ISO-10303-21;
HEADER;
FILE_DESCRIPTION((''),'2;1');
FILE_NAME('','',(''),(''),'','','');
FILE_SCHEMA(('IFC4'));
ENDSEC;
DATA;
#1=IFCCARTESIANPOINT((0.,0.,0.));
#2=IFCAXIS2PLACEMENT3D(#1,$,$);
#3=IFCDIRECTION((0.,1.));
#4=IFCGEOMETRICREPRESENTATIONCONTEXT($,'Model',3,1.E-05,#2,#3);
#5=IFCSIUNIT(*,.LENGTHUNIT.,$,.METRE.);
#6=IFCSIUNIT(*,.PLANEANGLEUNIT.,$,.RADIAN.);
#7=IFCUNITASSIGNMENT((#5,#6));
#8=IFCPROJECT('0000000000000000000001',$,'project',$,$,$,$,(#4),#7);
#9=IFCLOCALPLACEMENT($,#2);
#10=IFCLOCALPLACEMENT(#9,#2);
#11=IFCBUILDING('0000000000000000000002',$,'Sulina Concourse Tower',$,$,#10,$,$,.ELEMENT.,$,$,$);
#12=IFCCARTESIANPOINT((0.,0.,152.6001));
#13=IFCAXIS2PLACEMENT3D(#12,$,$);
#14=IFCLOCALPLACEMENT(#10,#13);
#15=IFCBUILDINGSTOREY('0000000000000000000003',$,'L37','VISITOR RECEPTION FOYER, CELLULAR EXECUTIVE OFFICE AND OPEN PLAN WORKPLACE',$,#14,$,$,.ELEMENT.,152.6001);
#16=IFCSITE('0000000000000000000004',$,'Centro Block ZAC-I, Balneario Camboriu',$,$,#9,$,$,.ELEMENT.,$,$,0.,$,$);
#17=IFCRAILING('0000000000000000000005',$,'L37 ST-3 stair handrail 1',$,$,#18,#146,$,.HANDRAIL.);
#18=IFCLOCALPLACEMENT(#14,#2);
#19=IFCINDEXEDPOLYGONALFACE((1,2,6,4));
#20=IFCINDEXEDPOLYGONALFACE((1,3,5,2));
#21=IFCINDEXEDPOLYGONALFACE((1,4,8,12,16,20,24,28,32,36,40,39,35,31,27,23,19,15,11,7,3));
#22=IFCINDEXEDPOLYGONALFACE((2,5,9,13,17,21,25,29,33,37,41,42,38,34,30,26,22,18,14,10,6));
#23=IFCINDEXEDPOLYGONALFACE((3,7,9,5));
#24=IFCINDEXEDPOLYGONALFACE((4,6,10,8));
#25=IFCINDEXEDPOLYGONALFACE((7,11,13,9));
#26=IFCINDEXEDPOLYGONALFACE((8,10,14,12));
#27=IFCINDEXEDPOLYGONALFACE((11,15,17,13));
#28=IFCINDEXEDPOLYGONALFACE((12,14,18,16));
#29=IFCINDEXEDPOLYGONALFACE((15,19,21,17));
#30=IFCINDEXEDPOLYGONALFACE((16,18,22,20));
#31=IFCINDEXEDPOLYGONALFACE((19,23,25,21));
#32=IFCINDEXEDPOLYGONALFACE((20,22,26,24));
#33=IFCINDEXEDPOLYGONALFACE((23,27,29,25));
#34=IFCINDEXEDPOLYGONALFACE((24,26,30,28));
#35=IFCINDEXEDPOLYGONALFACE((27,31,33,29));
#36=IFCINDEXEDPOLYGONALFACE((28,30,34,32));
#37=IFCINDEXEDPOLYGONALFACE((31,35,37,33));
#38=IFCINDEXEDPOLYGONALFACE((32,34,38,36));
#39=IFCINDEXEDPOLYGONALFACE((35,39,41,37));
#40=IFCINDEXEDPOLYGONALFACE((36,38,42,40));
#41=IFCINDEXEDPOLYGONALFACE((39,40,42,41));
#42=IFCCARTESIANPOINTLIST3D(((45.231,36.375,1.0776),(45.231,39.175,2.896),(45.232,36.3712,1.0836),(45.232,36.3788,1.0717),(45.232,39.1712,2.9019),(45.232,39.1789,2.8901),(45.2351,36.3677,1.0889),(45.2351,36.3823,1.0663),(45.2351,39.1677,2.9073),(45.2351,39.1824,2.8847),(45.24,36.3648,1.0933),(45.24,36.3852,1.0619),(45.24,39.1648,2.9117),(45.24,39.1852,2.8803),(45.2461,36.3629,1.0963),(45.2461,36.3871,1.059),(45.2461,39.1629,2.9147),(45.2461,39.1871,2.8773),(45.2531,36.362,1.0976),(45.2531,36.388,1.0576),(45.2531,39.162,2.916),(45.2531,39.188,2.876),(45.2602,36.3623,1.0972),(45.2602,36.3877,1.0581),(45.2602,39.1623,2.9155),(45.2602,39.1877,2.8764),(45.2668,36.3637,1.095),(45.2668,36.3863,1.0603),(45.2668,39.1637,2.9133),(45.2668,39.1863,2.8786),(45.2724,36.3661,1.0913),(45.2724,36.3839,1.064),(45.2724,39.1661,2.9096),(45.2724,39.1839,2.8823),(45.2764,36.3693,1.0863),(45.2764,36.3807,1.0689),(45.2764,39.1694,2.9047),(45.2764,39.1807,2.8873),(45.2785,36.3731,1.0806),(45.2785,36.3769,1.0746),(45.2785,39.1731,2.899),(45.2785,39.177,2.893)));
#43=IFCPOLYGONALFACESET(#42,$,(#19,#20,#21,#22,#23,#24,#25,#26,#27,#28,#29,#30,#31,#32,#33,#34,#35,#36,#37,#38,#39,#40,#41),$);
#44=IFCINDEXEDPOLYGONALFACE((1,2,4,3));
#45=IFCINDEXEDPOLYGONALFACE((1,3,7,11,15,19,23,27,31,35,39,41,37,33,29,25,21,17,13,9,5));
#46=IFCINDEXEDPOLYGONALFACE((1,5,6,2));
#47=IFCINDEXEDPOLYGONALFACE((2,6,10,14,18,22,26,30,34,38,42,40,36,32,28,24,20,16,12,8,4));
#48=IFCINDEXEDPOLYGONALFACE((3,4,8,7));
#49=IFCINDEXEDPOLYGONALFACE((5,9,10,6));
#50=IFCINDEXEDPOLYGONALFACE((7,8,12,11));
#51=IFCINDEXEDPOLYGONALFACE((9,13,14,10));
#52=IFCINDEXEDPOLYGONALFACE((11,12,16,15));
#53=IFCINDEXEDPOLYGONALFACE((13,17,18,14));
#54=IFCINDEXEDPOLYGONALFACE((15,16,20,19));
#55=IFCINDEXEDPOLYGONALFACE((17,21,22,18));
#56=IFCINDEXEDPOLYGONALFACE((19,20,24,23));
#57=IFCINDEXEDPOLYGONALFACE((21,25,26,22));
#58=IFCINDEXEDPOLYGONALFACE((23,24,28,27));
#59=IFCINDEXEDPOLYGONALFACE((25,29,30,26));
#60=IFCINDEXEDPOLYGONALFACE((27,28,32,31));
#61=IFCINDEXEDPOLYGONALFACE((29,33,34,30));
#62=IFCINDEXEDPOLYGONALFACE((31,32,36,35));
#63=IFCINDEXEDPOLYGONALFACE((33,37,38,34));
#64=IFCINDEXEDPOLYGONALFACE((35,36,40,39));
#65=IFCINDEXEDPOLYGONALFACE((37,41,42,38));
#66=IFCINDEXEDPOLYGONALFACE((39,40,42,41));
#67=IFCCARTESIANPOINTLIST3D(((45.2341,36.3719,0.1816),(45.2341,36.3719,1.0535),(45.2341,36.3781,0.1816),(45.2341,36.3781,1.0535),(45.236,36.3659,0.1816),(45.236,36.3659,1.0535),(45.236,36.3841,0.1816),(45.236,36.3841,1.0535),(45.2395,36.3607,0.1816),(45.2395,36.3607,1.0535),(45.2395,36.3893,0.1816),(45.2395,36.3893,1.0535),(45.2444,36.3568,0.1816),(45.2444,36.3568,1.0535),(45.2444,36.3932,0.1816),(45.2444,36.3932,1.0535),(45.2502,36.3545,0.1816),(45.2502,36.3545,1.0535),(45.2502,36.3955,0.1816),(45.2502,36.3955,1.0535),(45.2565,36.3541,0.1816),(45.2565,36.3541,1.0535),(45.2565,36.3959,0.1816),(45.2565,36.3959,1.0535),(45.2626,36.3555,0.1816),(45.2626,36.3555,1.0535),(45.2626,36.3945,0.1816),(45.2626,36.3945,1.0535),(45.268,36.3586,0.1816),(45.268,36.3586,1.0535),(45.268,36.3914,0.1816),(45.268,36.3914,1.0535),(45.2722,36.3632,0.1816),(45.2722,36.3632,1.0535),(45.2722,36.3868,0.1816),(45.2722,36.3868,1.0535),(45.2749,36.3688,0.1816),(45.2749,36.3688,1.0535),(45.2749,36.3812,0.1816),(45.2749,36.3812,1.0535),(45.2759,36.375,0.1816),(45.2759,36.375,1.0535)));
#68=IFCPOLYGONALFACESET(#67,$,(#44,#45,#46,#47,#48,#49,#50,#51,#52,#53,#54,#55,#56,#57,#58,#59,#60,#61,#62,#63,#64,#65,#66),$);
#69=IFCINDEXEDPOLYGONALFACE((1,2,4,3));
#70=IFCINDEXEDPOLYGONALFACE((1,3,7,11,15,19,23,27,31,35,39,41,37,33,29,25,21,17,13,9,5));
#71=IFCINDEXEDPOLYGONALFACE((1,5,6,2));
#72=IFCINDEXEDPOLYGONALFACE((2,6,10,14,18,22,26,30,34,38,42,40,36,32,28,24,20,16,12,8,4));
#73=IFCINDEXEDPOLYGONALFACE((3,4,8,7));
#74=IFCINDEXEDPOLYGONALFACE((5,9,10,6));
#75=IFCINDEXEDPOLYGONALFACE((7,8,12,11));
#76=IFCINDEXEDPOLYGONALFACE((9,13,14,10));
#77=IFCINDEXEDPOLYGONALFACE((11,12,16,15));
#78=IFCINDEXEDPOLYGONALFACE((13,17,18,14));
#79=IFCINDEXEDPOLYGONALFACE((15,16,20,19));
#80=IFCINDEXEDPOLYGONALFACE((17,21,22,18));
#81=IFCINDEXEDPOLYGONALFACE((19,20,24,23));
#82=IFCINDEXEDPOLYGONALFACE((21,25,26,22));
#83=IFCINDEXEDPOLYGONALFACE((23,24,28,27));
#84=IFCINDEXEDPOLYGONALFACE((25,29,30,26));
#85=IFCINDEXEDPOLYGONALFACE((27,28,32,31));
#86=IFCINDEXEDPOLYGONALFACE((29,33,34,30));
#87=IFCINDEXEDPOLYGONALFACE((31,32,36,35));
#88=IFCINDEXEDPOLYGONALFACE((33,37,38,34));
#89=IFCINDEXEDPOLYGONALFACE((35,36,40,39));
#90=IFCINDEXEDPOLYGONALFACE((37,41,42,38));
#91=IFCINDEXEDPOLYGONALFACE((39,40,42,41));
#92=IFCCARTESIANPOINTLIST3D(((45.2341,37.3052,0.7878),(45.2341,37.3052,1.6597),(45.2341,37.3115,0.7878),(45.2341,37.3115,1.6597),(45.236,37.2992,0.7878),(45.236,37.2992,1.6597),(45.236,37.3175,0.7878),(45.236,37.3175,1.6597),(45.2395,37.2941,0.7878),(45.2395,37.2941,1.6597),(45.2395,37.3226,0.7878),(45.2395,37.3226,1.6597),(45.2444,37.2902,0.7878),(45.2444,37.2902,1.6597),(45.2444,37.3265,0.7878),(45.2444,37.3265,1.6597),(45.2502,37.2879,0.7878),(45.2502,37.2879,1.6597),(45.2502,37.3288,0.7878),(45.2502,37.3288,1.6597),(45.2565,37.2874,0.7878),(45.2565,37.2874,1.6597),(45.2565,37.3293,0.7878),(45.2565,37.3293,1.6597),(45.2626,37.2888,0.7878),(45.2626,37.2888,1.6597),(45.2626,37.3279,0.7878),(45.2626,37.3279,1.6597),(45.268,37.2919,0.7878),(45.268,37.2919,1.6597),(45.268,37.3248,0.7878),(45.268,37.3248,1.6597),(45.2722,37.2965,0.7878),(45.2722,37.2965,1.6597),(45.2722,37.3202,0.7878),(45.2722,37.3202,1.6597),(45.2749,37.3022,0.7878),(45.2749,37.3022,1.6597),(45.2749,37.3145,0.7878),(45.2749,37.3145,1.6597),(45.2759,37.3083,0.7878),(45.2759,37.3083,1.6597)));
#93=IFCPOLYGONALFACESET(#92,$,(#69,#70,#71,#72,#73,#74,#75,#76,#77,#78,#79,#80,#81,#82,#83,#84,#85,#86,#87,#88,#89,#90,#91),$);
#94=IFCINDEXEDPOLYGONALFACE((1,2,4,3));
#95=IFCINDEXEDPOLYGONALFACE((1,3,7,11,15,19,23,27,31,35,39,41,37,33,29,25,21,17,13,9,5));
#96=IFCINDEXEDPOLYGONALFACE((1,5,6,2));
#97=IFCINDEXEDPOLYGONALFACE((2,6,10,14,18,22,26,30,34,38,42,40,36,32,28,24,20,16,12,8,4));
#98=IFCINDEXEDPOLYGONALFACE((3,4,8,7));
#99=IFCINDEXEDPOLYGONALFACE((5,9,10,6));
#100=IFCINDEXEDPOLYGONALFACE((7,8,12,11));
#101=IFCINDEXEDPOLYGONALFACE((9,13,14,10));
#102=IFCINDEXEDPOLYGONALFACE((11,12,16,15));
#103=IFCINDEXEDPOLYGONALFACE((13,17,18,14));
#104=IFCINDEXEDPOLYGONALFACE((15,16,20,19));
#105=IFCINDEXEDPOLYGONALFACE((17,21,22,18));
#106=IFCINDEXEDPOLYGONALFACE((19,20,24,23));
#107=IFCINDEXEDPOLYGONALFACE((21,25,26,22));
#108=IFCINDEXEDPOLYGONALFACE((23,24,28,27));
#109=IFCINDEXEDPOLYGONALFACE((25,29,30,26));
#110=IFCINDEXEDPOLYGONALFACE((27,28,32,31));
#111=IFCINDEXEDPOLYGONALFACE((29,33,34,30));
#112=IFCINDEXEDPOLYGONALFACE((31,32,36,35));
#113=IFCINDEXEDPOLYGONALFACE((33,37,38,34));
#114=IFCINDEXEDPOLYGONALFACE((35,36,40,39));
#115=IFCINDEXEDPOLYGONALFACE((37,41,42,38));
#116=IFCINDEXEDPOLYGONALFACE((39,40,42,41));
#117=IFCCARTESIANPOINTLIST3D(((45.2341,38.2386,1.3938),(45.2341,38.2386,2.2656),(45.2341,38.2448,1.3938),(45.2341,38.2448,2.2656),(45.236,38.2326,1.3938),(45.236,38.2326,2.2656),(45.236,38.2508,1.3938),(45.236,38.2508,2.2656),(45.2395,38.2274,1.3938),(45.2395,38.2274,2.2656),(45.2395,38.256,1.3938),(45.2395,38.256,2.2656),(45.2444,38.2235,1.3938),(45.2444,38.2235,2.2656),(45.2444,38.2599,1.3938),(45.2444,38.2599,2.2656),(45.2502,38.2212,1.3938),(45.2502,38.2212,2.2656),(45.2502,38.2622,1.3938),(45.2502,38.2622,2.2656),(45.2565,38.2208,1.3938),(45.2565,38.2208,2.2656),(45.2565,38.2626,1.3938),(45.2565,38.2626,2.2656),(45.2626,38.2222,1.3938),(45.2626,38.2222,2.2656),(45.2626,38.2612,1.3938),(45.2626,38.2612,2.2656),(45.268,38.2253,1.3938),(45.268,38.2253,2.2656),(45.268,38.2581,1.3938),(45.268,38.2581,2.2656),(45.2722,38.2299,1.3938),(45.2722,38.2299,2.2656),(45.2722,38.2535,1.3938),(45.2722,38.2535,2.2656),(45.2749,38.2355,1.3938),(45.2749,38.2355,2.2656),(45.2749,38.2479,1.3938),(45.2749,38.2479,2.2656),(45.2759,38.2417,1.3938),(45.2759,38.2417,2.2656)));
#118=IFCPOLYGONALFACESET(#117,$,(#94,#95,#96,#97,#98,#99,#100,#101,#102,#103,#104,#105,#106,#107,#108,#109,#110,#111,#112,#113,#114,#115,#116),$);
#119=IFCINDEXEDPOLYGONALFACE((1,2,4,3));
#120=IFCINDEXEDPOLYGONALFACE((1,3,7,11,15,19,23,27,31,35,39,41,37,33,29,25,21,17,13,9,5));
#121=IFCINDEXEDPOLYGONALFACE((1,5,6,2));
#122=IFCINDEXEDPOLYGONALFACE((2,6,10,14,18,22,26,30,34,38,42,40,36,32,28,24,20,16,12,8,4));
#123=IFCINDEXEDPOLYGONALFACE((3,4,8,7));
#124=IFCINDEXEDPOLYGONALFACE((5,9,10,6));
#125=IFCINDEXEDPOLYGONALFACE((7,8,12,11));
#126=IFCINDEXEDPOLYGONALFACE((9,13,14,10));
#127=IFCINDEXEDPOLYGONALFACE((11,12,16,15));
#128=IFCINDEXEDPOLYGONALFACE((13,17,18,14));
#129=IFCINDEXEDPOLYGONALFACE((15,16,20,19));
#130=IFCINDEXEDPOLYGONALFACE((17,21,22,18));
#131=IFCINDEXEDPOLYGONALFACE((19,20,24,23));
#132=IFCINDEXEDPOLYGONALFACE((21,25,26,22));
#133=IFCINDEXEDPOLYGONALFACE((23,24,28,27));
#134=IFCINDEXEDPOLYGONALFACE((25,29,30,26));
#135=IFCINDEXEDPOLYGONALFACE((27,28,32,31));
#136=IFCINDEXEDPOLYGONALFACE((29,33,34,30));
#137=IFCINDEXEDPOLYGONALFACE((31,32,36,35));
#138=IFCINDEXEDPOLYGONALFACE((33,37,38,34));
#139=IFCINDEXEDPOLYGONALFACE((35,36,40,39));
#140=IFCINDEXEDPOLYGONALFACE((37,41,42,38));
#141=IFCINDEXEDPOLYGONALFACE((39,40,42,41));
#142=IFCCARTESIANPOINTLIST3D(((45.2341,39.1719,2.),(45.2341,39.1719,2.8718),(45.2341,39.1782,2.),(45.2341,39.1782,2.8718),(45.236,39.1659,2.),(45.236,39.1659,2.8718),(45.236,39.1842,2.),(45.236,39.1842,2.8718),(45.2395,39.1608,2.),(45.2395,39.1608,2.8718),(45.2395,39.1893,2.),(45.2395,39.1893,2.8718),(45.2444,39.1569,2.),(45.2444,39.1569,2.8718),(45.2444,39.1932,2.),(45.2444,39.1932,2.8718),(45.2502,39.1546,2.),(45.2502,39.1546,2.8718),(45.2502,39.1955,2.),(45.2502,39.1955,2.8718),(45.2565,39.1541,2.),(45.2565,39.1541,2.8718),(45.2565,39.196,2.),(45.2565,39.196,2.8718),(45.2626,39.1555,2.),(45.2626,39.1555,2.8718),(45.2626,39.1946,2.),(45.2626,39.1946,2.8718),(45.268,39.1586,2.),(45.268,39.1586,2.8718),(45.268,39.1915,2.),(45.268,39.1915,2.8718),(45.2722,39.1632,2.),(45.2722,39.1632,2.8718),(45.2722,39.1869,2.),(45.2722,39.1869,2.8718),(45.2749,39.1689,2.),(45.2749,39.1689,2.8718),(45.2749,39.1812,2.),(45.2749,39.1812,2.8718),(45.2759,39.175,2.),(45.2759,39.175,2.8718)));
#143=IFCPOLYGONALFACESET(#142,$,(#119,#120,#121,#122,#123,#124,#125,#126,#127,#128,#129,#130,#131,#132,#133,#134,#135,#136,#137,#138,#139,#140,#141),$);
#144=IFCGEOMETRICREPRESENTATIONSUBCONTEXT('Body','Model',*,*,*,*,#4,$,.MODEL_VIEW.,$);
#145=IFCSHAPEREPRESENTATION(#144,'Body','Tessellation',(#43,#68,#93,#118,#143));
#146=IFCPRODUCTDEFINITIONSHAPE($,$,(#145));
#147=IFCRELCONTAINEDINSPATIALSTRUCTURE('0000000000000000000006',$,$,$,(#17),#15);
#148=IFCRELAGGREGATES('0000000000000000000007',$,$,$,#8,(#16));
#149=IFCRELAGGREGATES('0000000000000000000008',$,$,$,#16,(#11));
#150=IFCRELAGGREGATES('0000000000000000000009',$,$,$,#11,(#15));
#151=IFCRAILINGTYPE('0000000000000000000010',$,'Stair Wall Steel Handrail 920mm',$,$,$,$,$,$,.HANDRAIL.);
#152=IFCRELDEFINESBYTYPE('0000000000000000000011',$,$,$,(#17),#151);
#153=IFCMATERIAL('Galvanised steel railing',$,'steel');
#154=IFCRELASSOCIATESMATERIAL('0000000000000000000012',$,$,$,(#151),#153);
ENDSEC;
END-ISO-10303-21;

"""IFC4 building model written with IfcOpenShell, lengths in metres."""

from ifc_helpers import new_model, si_unit, direction, frame, origin, origin_2d, place, context, subcontext, project, spatial, circle, extrude, material, type_object, element, save


model = new_model("IFC4")

# Units and contexts
model_context = context("Model", 3, precision=1e-05, world=origin(), true_north=direction((0.0, 1.0)))
body_context = subcontext(model_context, "Body", "Model", "MODEL_VIEW")
ifc_project = project(units=[si_unit("LENGTHUNIT", "METRE"), si_unit("PLANEANGLEUNIT", "RADIAN")], contexts=[model_context])

# Site, building, storey
site_placement = place(None, origin())
site = spatial("IfcSite", under=ifc_project, at=site_placement, Name="Centro Block ZAC-I, Balneario Camboriu", CompositionType="ELEMENT", RefElevation=0.0)
building_placement = place(site_placement, origin())
building = spatial("IfcBuilding", under=site, at=building_placement, Name="Sulina Concourse Tower", CompositionType="ELEMENT")
storey_placement = place(building_placement, frame((0.0, 0.0, 152.6001)))
storey = spatial("IfcBuildingStorey", under=building, at=storey_placement, Name="L37", Description="VISITOR RECEPTION FOYER, CELLULAR EXECUTIVE OFFICE AND OPEN PLAN WORKPLACE", CompositionType="ELEMENT", Elevation=152.6001)

# Railing
ifc_material_1 = material(Name="Galvanised steel railing", Category="steel")
railing_type_1 = type_object("IfcRailingType", Name="Stair Wall Steel Handrail 920mm", PredefinedType="HANDRAIL", material=ifc_material_1)
railing_1_placement = place(storey_placement, frame((45.2549, 36.375, 0.1816)))
element("IfcRailing", 1, at=railing_1_placement, inside=storey, type_object=railing_type_1, Name="L37 ST-3 stair handrail 1", PredefinedType="HANDRAIL", context=body_context, shape_type="SweptSolid", body=[
    extrude(circle(Radius=0.0239, at=origin_2d()), frame((0.0, 0.0, 0.896), z_axis=(0.0, 0.838672, 0.544636), x_axis=(-1.0, 0.0, 0.0)), (0.0, 0.0, 1.0), 3.3386),
    extrude(circle(Radius=0.021, at=origin_2d()), origin(), (0.0, 0.0, 1.0), 0.8718),
    extrude(circle(Radius=0.021, at=origin_2d()), frame((0.0, 0.9333, 0.6062)), (0.0, 0.0, 1.0), 0.8718),
    extrude(circle(Radius=0.021, at=origin_2d()), frame((0.0, 1.8667, 1.2122)), (0.0, 0.0, 1.0), 0.8718),
    extrude(circle(Radius=0.021, at=origin_2d()), frame((0.0, 2.8, 1.8184)), (0.0, 0.0, 1.0), 0.8718),
])

save(model, "model.ifc")
